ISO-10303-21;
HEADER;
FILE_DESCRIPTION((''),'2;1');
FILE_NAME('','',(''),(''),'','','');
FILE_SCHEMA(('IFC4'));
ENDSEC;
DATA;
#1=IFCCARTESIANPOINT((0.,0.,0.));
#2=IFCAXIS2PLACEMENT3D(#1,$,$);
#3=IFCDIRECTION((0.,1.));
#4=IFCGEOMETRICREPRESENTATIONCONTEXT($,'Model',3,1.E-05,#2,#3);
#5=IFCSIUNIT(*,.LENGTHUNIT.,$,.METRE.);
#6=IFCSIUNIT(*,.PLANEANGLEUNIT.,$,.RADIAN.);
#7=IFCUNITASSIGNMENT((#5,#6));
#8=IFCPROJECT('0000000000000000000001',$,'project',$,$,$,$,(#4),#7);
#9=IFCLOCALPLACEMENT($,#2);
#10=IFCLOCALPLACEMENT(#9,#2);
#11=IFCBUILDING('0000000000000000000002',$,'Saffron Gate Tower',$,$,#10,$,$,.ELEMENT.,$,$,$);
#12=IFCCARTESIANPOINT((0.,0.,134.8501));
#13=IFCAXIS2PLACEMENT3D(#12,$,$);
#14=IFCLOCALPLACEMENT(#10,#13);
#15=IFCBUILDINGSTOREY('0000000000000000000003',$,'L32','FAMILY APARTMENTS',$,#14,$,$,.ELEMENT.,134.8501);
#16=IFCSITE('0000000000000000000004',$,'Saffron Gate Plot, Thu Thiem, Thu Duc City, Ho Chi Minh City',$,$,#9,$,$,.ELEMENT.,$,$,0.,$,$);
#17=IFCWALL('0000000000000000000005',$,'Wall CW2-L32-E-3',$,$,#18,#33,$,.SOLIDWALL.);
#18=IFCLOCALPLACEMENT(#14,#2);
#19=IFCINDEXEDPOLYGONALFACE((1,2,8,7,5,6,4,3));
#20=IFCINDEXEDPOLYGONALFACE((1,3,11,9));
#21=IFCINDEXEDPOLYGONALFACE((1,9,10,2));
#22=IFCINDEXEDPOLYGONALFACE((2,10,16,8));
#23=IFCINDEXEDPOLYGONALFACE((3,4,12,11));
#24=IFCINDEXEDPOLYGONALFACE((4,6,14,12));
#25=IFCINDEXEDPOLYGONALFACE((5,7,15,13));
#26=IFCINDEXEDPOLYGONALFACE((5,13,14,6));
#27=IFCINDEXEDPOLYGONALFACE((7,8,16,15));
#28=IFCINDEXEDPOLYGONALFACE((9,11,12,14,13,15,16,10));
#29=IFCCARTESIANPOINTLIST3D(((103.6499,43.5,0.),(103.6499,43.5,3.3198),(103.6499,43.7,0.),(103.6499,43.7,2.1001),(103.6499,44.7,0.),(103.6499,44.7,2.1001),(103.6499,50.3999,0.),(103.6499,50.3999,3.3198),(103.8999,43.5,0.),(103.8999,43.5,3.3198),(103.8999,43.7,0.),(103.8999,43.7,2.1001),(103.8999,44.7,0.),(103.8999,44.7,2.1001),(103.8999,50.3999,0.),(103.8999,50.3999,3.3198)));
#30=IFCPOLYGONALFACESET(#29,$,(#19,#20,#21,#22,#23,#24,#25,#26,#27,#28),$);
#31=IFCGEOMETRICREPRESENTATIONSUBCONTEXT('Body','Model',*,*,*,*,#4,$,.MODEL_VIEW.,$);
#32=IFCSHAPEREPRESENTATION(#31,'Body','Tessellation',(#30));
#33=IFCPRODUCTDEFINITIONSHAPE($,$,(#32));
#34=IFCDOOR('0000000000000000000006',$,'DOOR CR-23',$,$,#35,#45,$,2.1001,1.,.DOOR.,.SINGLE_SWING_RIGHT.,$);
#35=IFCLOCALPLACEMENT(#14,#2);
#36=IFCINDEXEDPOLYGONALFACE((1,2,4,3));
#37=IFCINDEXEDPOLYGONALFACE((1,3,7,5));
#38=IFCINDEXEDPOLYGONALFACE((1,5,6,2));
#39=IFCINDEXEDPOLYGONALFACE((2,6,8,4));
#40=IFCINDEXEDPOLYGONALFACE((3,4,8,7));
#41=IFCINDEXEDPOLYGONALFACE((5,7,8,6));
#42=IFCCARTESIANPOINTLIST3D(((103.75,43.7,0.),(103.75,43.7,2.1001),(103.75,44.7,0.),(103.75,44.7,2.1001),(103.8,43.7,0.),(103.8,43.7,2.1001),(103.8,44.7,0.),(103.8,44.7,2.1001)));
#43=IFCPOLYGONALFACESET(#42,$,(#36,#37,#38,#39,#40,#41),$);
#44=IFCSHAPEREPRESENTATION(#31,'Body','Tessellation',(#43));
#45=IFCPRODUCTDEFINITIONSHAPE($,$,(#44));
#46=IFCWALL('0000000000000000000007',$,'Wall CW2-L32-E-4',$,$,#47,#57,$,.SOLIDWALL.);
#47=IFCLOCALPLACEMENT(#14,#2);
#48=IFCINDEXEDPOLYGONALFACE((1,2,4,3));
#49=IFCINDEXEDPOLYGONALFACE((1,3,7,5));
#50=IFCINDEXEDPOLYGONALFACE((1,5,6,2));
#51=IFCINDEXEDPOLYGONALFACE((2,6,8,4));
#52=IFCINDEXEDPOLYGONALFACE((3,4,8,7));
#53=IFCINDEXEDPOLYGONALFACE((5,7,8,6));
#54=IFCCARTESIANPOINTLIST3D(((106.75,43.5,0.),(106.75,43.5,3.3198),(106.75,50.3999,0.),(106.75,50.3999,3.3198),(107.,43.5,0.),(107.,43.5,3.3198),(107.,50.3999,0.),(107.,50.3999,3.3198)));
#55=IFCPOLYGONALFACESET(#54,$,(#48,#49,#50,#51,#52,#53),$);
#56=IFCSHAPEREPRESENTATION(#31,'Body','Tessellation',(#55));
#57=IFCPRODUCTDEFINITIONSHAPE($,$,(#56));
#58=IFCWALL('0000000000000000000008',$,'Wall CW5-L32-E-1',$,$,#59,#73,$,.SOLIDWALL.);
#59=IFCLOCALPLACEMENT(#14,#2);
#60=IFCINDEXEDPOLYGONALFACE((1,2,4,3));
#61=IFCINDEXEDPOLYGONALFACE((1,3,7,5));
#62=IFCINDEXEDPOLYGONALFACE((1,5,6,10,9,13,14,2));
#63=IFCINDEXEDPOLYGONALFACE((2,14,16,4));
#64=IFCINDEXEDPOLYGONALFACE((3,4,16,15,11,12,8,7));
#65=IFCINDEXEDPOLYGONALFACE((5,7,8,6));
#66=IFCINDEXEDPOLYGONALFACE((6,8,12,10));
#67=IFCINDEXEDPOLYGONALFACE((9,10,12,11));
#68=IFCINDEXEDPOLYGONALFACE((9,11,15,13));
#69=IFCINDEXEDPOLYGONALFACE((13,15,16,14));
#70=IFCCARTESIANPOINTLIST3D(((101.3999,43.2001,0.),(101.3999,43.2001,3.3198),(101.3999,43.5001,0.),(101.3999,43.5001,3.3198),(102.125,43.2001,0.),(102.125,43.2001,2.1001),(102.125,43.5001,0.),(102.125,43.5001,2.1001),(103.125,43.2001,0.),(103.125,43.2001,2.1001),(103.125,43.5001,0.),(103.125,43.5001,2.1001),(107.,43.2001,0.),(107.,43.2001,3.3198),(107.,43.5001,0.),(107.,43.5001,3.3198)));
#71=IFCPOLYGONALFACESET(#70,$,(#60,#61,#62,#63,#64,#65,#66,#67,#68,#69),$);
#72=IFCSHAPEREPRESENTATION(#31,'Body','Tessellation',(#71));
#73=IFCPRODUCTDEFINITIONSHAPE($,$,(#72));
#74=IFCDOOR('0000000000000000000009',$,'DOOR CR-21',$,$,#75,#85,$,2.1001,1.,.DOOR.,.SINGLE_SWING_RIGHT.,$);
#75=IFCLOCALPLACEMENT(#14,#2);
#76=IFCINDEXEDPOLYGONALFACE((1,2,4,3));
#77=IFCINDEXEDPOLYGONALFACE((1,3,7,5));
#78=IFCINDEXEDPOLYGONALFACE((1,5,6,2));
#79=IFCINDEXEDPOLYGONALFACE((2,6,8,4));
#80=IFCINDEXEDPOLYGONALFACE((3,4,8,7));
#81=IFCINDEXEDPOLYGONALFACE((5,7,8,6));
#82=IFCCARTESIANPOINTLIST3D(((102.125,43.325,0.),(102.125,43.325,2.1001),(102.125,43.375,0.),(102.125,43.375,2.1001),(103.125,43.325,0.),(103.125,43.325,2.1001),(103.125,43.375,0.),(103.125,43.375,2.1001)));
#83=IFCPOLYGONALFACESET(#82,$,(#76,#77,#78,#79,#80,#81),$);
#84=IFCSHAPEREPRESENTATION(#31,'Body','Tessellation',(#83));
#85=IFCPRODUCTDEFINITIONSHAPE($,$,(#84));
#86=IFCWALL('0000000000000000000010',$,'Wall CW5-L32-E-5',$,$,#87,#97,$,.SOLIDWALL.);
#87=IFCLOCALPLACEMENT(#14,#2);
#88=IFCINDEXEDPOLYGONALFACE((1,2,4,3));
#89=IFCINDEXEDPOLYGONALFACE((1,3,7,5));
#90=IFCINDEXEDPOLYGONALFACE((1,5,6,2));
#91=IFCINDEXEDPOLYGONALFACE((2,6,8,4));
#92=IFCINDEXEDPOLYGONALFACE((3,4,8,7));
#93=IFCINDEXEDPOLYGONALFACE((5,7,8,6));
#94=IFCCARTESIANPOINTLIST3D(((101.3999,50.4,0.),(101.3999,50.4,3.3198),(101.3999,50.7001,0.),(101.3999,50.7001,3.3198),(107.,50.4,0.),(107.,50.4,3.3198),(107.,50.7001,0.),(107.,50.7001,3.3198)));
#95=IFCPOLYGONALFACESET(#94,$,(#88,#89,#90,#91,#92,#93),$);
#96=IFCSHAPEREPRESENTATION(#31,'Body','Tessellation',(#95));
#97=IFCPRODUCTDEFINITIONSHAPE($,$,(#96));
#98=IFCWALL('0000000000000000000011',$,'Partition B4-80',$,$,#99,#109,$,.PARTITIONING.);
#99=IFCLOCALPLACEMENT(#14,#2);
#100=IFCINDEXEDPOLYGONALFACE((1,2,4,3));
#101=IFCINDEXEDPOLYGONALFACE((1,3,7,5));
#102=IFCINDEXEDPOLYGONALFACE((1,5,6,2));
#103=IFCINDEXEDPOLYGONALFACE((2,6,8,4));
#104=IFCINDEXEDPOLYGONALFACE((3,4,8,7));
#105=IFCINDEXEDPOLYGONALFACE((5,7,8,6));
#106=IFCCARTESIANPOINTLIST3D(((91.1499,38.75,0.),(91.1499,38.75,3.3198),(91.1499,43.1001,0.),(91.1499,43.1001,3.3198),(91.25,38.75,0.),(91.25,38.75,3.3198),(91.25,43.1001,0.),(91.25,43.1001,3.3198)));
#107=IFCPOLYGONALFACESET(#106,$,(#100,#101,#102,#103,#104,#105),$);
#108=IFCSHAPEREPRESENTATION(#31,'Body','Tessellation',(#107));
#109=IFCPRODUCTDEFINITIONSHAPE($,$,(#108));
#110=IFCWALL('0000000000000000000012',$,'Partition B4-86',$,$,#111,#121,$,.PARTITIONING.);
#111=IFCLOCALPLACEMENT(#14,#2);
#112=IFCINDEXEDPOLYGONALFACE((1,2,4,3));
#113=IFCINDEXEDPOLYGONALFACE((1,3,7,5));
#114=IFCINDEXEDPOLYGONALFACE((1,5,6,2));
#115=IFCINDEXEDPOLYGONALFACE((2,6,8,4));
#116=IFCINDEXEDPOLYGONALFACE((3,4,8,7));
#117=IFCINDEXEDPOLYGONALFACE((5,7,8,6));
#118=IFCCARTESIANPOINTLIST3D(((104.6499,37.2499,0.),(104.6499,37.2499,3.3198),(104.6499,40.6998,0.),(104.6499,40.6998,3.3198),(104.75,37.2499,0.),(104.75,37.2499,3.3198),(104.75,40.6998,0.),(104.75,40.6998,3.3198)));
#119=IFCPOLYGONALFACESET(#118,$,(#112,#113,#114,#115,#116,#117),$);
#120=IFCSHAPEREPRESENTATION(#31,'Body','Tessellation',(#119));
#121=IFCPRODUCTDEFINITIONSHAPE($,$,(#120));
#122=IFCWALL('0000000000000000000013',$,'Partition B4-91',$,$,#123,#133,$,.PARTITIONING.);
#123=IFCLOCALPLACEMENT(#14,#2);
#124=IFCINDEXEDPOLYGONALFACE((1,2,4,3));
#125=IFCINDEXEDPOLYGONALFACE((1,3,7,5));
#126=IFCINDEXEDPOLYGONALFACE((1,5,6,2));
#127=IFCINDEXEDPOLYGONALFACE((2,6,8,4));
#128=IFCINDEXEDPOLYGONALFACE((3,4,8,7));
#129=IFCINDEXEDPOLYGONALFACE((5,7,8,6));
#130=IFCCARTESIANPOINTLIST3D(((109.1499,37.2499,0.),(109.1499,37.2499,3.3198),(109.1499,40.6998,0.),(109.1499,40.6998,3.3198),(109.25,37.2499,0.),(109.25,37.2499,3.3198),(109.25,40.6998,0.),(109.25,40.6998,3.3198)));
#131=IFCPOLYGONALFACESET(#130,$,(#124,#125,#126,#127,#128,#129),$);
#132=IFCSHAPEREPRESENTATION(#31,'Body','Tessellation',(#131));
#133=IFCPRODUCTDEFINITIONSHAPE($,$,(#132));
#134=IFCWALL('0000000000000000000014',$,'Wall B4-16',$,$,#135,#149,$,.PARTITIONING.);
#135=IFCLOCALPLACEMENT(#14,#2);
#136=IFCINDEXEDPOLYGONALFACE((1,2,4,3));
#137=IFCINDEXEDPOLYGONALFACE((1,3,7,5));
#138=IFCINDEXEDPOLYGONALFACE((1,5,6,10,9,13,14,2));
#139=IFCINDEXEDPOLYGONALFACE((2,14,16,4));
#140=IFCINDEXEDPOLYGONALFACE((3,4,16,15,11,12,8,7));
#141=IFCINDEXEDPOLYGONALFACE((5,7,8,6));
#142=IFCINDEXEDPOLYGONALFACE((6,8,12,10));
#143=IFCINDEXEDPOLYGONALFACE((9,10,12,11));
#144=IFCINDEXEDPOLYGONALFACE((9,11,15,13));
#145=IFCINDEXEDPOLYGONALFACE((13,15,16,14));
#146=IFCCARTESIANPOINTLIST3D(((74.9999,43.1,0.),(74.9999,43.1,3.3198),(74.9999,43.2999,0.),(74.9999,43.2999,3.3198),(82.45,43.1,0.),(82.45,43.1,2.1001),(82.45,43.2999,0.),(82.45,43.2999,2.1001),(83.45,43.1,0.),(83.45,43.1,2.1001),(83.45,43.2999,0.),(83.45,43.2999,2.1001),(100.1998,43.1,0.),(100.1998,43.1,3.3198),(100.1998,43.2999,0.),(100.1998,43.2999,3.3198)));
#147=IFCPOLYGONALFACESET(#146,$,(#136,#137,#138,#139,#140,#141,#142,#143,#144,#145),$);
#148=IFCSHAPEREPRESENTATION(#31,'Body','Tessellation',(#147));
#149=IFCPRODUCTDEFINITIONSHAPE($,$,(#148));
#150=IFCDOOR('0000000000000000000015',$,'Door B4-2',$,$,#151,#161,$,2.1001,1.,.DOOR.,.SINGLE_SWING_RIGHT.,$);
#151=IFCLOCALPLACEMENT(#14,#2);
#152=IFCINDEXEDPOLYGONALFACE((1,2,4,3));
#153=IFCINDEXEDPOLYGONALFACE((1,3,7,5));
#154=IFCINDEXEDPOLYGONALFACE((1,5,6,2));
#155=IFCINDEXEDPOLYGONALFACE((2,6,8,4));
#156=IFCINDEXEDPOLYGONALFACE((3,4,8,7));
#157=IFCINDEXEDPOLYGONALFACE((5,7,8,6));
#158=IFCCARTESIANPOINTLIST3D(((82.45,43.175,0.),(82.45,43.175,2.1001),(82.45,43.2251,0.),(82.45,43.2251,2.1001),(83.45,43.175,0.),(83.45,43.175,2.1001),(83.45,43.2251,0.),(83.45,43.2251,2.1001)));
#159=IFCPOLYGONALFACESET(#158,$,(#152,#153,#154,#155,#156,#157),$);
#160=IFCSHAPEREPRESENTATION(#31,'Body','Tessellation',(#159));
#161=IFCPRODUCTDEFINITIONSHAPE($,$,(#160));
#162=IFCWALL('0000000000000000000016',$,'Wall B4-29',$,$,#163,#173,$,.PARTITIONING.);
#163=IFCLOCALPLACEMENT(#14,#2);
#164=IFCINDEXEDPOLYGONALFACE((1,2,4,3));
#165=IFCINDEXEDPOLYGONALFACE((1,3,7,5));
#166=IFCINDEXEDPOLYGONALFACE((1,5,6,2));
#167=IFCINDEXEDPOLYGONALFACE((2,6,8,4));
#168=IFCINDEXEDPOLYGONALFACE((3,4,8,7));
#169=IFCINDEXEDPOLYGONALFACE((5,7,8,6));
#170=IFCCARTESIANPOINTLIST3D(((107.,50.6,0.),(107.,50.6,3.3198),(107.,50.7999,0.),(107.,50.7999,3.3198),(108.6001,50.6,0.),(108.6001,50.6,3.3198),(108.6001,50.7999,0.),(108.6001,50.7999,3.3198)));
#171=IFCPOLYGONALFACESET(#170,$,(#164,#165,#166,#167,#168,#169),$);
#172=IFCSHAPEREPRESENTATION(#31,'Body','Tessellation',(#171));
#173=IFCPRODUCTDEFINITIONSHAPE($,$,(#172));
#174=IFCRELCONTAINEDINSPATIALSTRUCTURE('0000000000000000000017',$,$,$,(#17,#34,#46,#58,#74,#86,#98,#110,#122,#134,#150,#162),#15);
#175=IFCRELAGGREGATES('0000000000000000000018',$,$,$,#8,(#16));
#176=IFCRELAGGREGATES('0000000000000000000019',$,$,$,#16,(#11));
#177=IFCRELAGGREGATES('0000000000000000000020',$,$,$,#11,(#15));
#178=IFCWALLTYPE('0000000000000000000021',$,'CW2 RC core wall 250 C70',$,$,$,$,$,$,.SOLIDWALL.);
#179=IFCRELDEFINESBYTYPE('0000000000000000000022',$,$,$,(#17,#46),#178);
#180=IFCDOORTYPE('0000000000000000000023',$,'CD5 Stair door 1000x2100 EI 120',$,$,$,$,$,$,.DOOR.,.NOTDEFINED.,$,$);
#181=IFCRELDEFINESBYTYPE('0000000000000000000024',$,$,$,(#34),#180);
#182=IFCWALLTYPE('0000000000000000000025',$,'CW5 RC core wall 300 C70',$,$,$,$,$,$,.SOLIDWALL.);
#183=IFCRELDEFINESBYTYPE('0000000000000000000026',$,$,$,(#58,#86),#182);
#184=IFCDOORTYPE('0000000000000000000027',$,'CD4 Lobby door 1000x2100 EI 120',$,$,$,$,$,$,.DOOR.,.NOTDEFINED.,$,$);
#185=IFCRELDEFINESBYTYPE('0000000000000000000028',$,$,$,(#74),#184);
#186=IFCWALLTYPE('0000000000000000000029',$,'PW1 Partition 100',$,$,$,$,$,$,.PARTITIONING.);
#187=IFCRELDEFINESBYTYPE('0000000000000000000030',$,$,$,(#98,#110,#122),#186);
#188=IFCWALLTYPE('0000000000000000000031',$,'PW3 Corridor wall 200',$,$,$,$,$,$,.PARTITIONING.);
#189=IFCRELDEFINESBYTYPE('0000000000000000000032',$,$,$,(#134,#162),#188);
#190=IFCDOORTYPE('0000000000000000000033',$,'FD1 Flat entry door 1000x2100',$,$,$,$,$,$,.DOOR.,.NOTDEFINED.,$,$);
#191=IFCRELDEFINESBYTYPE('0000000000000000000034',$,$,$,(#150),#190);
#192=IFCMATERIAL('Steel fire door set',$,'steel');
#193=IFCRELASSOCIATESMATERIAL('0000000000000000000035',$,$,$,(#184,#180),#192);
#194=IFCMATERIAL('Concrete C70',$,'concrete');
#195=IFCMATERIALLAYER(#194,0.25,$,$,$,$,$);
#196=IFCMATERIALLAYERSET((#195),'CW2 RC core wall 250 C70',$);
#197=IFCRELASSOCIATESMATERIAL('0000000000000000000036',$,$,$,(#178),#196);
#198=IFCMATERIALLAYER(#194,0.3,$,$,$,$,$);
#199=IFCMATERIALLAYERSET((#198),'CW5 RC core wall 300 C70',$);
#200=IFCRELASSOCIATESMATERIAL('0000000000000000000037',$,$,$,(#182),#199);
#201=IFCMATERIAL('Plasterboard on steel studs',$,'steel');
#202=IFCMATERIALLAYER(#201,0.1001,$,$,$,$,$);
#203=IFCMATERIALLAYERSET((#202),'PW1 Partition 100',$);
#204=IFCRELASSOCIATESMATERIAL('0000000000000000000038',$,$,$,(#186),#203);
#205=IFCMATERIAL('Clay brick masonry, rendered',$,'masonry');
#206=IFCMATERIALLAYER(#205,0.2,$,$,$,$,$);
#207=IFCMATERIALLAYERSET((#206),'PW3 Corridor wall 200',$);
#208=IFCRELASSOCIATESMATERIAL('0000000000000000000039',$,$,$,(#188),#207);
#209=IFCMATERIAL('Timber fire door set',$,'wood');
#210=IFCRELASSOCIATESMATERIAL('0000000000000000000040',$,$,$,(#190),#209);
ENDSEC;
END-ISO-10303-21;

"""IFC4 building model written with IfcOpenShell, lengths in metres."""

from ifc_helpers import new_model, si_unit, direction, frame, frame_2d, origin, place, context, subcontext, project, spatial, rectangle, extrude, material, layer, layer_set, type_object, element, fill, save


model = new_model("IFC4")

# Units and contexts
model_context = context("Model", 3, precision=1e-05, world=origin(), true_north=direction((0.0, 1.0)))
body_context = subcontext(model_context, "Body", "Model", "MODEL_VIEW")
ifc_project = project(units=[si_unit("LENGTHUNIT", "METRE"), si_unit("PLANEANGLEUNIT", "RADIAN")], contexts=[model_context])

# Site, building, storey
site_placement = place(None, origin())
site = spatial("IfcSite", under=ifc_project, at=site_placement, Name="Saffron Gate Plot, Thu Thiem, Thu Duc City, Ho Chi Minh City", CompositionType="ELEMENT", RefElevation=0.0)
building_placement = place(site_placement, origin())
building = spatial("IfcBuilding", under=site, at=building_placement, Name="Saffron Gate Tower", CompositionType="ELEMENT")
storey_placement = place(building_placement, frame((0.0, 0.0, 134.8501)))
storey = spatial("IfcBuildingStorey", under=building, at=storey_placement, Name="L32", Description="FAMILY APARTMENTS", CompositionType="ELEMENT", Elevation=134.8501)

# Wall, opening, door
ifc_material_1 = material(Name="Steel fire door set", Category="steel")
door_type_1 = type_object("IfcDoorType", Name="CD4 Lobby door 1000x2100 EI 120", OperationType="NOTDEFINED", PredefinedType="DOOR", material=ifc_material_1)
ifc_material_2 = material(Name="Concrete C70", Category="concrete")
ifc_layer_1 = layer(ifc_material_2, 0.25)
ifc_layer_set_1 = layer_set([ifc_layer_1], Name="CW2 RC core wall 250 C70")
wall_type_1 = type_object("IfcWallType", Name="CW2 RC core wall 250 C70", PredefinedType="SOLIDWALL", material=ifc_layer_set_1)
wall_1_placement = place(storey_placement, frame((103.7749, 43.5, 0.0), z_axis=(0.0, 0.0, 1.0), x_axis=(0.0, 1.0, 0.0)))
wall_1 = element("IfcWall", 1, at=wall_1_placement, inside=storey, type_object=wall_type_1, Name="Wall CW2-L32-E-3", PredefinedType="SOLIDWALL", context=body_context, shape_type="SweptSolid", body=[
    extrude(rectangle(XDim=6.8999, YDim=0.25, at=frame_2d((3.45, 0.0))), origin(), (0.0, 0.0, 1.0), 3.3198),
])
opening_1_placement = place(wall_1_placement, frame((0.2, 0.0, 0.0)))
opening_1 = element("IfcOpeningElement", 2, at=opening_1_placement, cuts=wall_1, PredefinedType="OPENING", context=body_context, shape_type="SweptSolid", body=[
    extrude(rectangle(XDim=1.0, YDim=2.1001, at=frame_2d((0.5, 1.05))), frame((0.0, 0.135, 0.0), z_axis=(0.0, -1.0, 0.0), x_axis=(1.0, 0.0, 0.0)), (0.0, 0.0, 1.0), 0.27),
])
door_type_2 = type_object("IfcDoorType", Name="CD5 Stair door 1000x2100 EI 120", OperationType="NOTDEFINED", PredefinedType="DOOR", material=ifc_material_1)
door_1_placement = place(opening_1_placement, origin())
door_1 = element("IfcDoor", 3, at=door_1_placement, inside=storey, type_object=door_type_2, Name="DOOR CR-23", OperationType="SINGLE_SWING_RIGHT", OverallHeight=2.1001, OverallWidth=1.0, PredefinedType="DOOR", context=body_context, shape_type="SweptSolid", body=[
    extrude(rectangle(XDim=1.0, YDim=2.1001, at=frame_2d((0.5, 1.05))), frame((0.0, 0.0249, 0.0), z_axis=(0.0, -1.0, 0.0), x_axis=(1.0, 0.0, 0.0)), (0.0, 0.0, 1.0), 0.05),
])
fill(opening_1, door_1)

# Wall
wall_2_placement = place(storey_placement, frame((106.875, 43.5, 0.0), z_axis=(0.0, 0.0, 1.0), x_axis=(0.0, 1.0, 0.0)))
element("IfcWall", 4, at=wall_2_placement, inside=storey, type_object=wall_type_1, Name="Wall CW2-L32-E-4", PredefinedType="SOLIDWALL", context=body_context, shape_type="SweptSolid", body=[
    extrude(rectangle(XDim=6.8999, YDim=0.25, at=frame_2d((3.45, 0.0))), origin(), (0.0, 0.0, 1.0), 3.3198),
])

# Wall, opening, door
ifc_layer_2 = layer(ifc_material_2, 0.3)
ifc_layer_set_2 = layer_set([ifc_layer_2], Name="CW5 RC core wall 300 C70")
wall_type_2 = type_object("IfcWallType", Name="CW5 RC core wall 300 C70", PredefinedType="SOLIDWALL", material=ifc_layer_set_2)
wall_3_placement = place(storey_placement, frame((101.3999, 43.3501, 0.0), z_axis=(0.0, 0.0, 1.0), x_axis=(1.0, 0.0, 0.0)))
wall_3 = element("IfcWall", 5, at=wall_3_placement, inside=storey, type_object=wall_type_2, Name="Wall CW5-L32-E-1", PredefinedType="SOLIDWALL", context=body_context, shape_type="SweptSolid", body=[
    extrude(rectangle(XDim=5.6001, YDim=0.3, at=frame_2d((2.8, 0.0))), origin(), (0.0, 0.0, 1.0), 3.3198),
])
opening_2_placement = place(wall_3_placement, frame((0.7251, 0.0, 0.0)))
opening_2 = element("IfcOpeningElement", 6, at=opening_2_placement, cuts=wall_3, PredefinedType="OPENING", context=body_context, shape_type="SweptSolid", body=[
    extrude(rectangle(XDim=1.0, YDim=2.1001, at=frame_2d((0.5, 1.05))), frame((0.0, 0.1602, 0.0), z_axis=(0.0, -1.0, 0.0), x_axis=(1.0, 0.0, 0.0)), (0.0, 0.0, 1.0), 0.3201),
])
door_2_placement = place(opening_2_placement, origin())
door_2 = element("IfcDoor", 7, at=door_2_placement, inside=storey, type_object=door_type_1, Name="DOOR CR-21", OperationType="SINGLE_SWING_RIGHT", OverallHeight=2.1001, OverallWidth=1.0, PredefinedType="DOOR", context=body_context, shape_type="SweptSolid", body=[
    extrude(rectangle(XDim=1.0, YDim=2.1001, at=frame_2d((0.5, 1.05))), frame((0.0, 0.0249, 0.0), z_axis=(0.0, -1.0, 0.0), x_axis=(1.0, 0.0, 0.0)), (0.0, 0.0, 1.0), 0.05),
])
fill(opening_2, door_2)

# Walls
wall_4_placement = place(storey_placement, frame((101.3999, 50.55, 0.0), z_axis=(0.0, 0.0, 1.0), x_axis=(1.0, 0.0, 0.0)))
element("IfcWall", 8, at=wall_4_placement, inside=storey, type_object=wall_type_2, Name="Wall CW5-L32-E-5", PredefinedType="SOLIDWALL", context=body_context, shape_type="SweptSolid", body=[
    extrude(rectangle(XDim=5.6001, YDim=0.3, at=frame_2d((2.8, 0.0))), origin(), (0.0, 0.0, 1.0), 3.3198),
])
ifc_material_3 = material(Name="Plasterboard on steel studs", Category="steel")
ifc_layer_3 = layer(ifc_material_3, 0.1001)
ifc_layer_set_3 = layer_set([ifc_layer_3], Name="PW1 Partition 100")
wall_type_3 = type_object("IfcWallType", Name="PW1 Partition 100", PredefinedType="PARTITIONING", material=ifc_layer_set_3)
wall_5_placement = place(storey_placement, frame((91.2, 43.1001, 0.0), z_axis=(0.0, 0.0, 1.0), x_axis=(0.0, -1.0, 0.0)))
element("IfcWall", 9, at=wall_5_placement, inside=storey, type_object=wall_type_3, Name="Partition B4-80", PredefinedType="PARTITIONING", context=body_context, shape_type="SweptSolid", body=[
    extrude(rectangle(XDim=4.3501, YDim=0.1001, at=frame_2d((2.175, 0.0))), origin(), (0.0, 0.0, 1.0), 3.3198),
])
for number, where, z_axis, x_axis, name in (
    (10, (104.7, 40.7, 0.0), (0.0, 0.0, 1.0), (0.0, -1.0, 0.0), "Partition B4-86"),
    (11, (109.2, 40.7, 0.0), (0.0, 0.0, 1.0), (0.0, -1.0, 0.0), "Partition B4-91"),
):
    element("IfcWall", number, at=place(storey_placement, frame(where, z_axis=z_axis, x_axis=x_axis)), inside=storey, type_object=wall_type_3, Name=name, PredefinedType="PARTITIONING", context=body_context, shape_type="SweptSolid", body=[
        extrude(rectangle(XDim=3.45, YDim=0.1001, at=frame_2d((1.7251, 0.0))), origin(), (0.0, 0.0, 1.0), 3.3198),
    ])

# Wall, opening, door
ifc_material_4 = material(Name="Clay brick masonry, rendered", Category="masonry")
ifc_layer_4 = layer(ifc_material_4, 0.2)
ifc_layer_set_4 = layer_set([ifc_layer_4], Name="PW3 Corridor wall 200")
wall_type_4 = type_object("IfcWallType", Name="PW3 Corridor wall 200", PredefinedType="PARTITIONING", material=ifc_layer_set_4)
wall_6_placement = place(storey_placement, frame((100.2, 43.2, 0.0), z_axis=(0.0, 0.0, 1.0), x_axis=(-1.0, 0.0, 0.0)))
wall_6 = element("IfcWall", 12, at=wall_6_placement, inside=storey, type_object=wall_type_4, Name="Wall B4-16", PredefinedType="PARTITIONING", context=body_context, shape_type="SweptSolid", body=[
    extrude(rectangle(XDim=25.2, YDim=0.2, at=frame_2d((12.6001, 0.0))), origin(), (0.0, 0.0, 1.0), 3.3198),
])
opening_3_placement = place(wall_6_placement, frame((16.75, 0.0, 0.0)))
opening_3 = element("IfcOpeningElement", 13, at=opening_3_placement, cuts=wall_6, PredefinedType="OPENING", context=body_context, shape_type="SweptSolid", body=[
    extrude(rectangle(XDim=1.0, YDim=2.1001, at=frame_2d((0.5, 1.05))), frame((0.0, 0.1099, 0.0), z_axis=(0.0, -1.0, 0.0), x_axis=(1.0, 0.0, 0.0)), (0.0, 0.0, 1.0), 0.22),
])
ifc_material_5 = material(Name="Timber fire door set", Category="wood")
door_type_3 = type_object("IfcDoorType", Name="FD1 Flat entry door 1000x2100", OperationType="NOTDEFINED", PredefinedType="DOOR", material=ifc_material_5)
door_3_placement = place(opening_3_placement, origin())
door_3 = element("IfcDoor", 14, at=door_3_placement, inside=storey, type_object=door_type_3, Name="Door B4-2", OperationType="SINGLE_SWING_RIGHT", OverallHeight=2.1001, OverallWidth=1.0, PredefinedType="DOOR", context=body_context, shape_type="SweptSolid", body=[
    extrude(rectangle(XDim=1.0, YDim=2.1001, at=frame_2d((0.5, 1.05))), frame((0.0, 0.0249, 0.0), z_axis=(0.0, -1.0, 0.0), x_axis=(1.0, 0.0, 0.0)), (0.0, 0.0, 1.0), 0.05),
])
fill(opening_3, door_3)

# Wall
wall_7_placement = place(storey_placement, frame((107.0, 50.7, 0.0), z_axis=(0.0, 0.0, 1.0), x_axis=(1.0, 0.0, 0.0)))
element("IfcWall", 15, at=wall_7_placement, inside=storey, type_object=wall_type_4, Name="Wall B4-29", PredefinedType="PARTITIONING", context=body_context, shape_type="SweptSolid", body=[
    extrude(rectangle(XDim=1.6001, YDim=0.2, at=frame_2d((0.8, 0.0))), origin(), (0.0, 0.0, 1.0), 3.3198),
])

save(model, "model.ifc")
